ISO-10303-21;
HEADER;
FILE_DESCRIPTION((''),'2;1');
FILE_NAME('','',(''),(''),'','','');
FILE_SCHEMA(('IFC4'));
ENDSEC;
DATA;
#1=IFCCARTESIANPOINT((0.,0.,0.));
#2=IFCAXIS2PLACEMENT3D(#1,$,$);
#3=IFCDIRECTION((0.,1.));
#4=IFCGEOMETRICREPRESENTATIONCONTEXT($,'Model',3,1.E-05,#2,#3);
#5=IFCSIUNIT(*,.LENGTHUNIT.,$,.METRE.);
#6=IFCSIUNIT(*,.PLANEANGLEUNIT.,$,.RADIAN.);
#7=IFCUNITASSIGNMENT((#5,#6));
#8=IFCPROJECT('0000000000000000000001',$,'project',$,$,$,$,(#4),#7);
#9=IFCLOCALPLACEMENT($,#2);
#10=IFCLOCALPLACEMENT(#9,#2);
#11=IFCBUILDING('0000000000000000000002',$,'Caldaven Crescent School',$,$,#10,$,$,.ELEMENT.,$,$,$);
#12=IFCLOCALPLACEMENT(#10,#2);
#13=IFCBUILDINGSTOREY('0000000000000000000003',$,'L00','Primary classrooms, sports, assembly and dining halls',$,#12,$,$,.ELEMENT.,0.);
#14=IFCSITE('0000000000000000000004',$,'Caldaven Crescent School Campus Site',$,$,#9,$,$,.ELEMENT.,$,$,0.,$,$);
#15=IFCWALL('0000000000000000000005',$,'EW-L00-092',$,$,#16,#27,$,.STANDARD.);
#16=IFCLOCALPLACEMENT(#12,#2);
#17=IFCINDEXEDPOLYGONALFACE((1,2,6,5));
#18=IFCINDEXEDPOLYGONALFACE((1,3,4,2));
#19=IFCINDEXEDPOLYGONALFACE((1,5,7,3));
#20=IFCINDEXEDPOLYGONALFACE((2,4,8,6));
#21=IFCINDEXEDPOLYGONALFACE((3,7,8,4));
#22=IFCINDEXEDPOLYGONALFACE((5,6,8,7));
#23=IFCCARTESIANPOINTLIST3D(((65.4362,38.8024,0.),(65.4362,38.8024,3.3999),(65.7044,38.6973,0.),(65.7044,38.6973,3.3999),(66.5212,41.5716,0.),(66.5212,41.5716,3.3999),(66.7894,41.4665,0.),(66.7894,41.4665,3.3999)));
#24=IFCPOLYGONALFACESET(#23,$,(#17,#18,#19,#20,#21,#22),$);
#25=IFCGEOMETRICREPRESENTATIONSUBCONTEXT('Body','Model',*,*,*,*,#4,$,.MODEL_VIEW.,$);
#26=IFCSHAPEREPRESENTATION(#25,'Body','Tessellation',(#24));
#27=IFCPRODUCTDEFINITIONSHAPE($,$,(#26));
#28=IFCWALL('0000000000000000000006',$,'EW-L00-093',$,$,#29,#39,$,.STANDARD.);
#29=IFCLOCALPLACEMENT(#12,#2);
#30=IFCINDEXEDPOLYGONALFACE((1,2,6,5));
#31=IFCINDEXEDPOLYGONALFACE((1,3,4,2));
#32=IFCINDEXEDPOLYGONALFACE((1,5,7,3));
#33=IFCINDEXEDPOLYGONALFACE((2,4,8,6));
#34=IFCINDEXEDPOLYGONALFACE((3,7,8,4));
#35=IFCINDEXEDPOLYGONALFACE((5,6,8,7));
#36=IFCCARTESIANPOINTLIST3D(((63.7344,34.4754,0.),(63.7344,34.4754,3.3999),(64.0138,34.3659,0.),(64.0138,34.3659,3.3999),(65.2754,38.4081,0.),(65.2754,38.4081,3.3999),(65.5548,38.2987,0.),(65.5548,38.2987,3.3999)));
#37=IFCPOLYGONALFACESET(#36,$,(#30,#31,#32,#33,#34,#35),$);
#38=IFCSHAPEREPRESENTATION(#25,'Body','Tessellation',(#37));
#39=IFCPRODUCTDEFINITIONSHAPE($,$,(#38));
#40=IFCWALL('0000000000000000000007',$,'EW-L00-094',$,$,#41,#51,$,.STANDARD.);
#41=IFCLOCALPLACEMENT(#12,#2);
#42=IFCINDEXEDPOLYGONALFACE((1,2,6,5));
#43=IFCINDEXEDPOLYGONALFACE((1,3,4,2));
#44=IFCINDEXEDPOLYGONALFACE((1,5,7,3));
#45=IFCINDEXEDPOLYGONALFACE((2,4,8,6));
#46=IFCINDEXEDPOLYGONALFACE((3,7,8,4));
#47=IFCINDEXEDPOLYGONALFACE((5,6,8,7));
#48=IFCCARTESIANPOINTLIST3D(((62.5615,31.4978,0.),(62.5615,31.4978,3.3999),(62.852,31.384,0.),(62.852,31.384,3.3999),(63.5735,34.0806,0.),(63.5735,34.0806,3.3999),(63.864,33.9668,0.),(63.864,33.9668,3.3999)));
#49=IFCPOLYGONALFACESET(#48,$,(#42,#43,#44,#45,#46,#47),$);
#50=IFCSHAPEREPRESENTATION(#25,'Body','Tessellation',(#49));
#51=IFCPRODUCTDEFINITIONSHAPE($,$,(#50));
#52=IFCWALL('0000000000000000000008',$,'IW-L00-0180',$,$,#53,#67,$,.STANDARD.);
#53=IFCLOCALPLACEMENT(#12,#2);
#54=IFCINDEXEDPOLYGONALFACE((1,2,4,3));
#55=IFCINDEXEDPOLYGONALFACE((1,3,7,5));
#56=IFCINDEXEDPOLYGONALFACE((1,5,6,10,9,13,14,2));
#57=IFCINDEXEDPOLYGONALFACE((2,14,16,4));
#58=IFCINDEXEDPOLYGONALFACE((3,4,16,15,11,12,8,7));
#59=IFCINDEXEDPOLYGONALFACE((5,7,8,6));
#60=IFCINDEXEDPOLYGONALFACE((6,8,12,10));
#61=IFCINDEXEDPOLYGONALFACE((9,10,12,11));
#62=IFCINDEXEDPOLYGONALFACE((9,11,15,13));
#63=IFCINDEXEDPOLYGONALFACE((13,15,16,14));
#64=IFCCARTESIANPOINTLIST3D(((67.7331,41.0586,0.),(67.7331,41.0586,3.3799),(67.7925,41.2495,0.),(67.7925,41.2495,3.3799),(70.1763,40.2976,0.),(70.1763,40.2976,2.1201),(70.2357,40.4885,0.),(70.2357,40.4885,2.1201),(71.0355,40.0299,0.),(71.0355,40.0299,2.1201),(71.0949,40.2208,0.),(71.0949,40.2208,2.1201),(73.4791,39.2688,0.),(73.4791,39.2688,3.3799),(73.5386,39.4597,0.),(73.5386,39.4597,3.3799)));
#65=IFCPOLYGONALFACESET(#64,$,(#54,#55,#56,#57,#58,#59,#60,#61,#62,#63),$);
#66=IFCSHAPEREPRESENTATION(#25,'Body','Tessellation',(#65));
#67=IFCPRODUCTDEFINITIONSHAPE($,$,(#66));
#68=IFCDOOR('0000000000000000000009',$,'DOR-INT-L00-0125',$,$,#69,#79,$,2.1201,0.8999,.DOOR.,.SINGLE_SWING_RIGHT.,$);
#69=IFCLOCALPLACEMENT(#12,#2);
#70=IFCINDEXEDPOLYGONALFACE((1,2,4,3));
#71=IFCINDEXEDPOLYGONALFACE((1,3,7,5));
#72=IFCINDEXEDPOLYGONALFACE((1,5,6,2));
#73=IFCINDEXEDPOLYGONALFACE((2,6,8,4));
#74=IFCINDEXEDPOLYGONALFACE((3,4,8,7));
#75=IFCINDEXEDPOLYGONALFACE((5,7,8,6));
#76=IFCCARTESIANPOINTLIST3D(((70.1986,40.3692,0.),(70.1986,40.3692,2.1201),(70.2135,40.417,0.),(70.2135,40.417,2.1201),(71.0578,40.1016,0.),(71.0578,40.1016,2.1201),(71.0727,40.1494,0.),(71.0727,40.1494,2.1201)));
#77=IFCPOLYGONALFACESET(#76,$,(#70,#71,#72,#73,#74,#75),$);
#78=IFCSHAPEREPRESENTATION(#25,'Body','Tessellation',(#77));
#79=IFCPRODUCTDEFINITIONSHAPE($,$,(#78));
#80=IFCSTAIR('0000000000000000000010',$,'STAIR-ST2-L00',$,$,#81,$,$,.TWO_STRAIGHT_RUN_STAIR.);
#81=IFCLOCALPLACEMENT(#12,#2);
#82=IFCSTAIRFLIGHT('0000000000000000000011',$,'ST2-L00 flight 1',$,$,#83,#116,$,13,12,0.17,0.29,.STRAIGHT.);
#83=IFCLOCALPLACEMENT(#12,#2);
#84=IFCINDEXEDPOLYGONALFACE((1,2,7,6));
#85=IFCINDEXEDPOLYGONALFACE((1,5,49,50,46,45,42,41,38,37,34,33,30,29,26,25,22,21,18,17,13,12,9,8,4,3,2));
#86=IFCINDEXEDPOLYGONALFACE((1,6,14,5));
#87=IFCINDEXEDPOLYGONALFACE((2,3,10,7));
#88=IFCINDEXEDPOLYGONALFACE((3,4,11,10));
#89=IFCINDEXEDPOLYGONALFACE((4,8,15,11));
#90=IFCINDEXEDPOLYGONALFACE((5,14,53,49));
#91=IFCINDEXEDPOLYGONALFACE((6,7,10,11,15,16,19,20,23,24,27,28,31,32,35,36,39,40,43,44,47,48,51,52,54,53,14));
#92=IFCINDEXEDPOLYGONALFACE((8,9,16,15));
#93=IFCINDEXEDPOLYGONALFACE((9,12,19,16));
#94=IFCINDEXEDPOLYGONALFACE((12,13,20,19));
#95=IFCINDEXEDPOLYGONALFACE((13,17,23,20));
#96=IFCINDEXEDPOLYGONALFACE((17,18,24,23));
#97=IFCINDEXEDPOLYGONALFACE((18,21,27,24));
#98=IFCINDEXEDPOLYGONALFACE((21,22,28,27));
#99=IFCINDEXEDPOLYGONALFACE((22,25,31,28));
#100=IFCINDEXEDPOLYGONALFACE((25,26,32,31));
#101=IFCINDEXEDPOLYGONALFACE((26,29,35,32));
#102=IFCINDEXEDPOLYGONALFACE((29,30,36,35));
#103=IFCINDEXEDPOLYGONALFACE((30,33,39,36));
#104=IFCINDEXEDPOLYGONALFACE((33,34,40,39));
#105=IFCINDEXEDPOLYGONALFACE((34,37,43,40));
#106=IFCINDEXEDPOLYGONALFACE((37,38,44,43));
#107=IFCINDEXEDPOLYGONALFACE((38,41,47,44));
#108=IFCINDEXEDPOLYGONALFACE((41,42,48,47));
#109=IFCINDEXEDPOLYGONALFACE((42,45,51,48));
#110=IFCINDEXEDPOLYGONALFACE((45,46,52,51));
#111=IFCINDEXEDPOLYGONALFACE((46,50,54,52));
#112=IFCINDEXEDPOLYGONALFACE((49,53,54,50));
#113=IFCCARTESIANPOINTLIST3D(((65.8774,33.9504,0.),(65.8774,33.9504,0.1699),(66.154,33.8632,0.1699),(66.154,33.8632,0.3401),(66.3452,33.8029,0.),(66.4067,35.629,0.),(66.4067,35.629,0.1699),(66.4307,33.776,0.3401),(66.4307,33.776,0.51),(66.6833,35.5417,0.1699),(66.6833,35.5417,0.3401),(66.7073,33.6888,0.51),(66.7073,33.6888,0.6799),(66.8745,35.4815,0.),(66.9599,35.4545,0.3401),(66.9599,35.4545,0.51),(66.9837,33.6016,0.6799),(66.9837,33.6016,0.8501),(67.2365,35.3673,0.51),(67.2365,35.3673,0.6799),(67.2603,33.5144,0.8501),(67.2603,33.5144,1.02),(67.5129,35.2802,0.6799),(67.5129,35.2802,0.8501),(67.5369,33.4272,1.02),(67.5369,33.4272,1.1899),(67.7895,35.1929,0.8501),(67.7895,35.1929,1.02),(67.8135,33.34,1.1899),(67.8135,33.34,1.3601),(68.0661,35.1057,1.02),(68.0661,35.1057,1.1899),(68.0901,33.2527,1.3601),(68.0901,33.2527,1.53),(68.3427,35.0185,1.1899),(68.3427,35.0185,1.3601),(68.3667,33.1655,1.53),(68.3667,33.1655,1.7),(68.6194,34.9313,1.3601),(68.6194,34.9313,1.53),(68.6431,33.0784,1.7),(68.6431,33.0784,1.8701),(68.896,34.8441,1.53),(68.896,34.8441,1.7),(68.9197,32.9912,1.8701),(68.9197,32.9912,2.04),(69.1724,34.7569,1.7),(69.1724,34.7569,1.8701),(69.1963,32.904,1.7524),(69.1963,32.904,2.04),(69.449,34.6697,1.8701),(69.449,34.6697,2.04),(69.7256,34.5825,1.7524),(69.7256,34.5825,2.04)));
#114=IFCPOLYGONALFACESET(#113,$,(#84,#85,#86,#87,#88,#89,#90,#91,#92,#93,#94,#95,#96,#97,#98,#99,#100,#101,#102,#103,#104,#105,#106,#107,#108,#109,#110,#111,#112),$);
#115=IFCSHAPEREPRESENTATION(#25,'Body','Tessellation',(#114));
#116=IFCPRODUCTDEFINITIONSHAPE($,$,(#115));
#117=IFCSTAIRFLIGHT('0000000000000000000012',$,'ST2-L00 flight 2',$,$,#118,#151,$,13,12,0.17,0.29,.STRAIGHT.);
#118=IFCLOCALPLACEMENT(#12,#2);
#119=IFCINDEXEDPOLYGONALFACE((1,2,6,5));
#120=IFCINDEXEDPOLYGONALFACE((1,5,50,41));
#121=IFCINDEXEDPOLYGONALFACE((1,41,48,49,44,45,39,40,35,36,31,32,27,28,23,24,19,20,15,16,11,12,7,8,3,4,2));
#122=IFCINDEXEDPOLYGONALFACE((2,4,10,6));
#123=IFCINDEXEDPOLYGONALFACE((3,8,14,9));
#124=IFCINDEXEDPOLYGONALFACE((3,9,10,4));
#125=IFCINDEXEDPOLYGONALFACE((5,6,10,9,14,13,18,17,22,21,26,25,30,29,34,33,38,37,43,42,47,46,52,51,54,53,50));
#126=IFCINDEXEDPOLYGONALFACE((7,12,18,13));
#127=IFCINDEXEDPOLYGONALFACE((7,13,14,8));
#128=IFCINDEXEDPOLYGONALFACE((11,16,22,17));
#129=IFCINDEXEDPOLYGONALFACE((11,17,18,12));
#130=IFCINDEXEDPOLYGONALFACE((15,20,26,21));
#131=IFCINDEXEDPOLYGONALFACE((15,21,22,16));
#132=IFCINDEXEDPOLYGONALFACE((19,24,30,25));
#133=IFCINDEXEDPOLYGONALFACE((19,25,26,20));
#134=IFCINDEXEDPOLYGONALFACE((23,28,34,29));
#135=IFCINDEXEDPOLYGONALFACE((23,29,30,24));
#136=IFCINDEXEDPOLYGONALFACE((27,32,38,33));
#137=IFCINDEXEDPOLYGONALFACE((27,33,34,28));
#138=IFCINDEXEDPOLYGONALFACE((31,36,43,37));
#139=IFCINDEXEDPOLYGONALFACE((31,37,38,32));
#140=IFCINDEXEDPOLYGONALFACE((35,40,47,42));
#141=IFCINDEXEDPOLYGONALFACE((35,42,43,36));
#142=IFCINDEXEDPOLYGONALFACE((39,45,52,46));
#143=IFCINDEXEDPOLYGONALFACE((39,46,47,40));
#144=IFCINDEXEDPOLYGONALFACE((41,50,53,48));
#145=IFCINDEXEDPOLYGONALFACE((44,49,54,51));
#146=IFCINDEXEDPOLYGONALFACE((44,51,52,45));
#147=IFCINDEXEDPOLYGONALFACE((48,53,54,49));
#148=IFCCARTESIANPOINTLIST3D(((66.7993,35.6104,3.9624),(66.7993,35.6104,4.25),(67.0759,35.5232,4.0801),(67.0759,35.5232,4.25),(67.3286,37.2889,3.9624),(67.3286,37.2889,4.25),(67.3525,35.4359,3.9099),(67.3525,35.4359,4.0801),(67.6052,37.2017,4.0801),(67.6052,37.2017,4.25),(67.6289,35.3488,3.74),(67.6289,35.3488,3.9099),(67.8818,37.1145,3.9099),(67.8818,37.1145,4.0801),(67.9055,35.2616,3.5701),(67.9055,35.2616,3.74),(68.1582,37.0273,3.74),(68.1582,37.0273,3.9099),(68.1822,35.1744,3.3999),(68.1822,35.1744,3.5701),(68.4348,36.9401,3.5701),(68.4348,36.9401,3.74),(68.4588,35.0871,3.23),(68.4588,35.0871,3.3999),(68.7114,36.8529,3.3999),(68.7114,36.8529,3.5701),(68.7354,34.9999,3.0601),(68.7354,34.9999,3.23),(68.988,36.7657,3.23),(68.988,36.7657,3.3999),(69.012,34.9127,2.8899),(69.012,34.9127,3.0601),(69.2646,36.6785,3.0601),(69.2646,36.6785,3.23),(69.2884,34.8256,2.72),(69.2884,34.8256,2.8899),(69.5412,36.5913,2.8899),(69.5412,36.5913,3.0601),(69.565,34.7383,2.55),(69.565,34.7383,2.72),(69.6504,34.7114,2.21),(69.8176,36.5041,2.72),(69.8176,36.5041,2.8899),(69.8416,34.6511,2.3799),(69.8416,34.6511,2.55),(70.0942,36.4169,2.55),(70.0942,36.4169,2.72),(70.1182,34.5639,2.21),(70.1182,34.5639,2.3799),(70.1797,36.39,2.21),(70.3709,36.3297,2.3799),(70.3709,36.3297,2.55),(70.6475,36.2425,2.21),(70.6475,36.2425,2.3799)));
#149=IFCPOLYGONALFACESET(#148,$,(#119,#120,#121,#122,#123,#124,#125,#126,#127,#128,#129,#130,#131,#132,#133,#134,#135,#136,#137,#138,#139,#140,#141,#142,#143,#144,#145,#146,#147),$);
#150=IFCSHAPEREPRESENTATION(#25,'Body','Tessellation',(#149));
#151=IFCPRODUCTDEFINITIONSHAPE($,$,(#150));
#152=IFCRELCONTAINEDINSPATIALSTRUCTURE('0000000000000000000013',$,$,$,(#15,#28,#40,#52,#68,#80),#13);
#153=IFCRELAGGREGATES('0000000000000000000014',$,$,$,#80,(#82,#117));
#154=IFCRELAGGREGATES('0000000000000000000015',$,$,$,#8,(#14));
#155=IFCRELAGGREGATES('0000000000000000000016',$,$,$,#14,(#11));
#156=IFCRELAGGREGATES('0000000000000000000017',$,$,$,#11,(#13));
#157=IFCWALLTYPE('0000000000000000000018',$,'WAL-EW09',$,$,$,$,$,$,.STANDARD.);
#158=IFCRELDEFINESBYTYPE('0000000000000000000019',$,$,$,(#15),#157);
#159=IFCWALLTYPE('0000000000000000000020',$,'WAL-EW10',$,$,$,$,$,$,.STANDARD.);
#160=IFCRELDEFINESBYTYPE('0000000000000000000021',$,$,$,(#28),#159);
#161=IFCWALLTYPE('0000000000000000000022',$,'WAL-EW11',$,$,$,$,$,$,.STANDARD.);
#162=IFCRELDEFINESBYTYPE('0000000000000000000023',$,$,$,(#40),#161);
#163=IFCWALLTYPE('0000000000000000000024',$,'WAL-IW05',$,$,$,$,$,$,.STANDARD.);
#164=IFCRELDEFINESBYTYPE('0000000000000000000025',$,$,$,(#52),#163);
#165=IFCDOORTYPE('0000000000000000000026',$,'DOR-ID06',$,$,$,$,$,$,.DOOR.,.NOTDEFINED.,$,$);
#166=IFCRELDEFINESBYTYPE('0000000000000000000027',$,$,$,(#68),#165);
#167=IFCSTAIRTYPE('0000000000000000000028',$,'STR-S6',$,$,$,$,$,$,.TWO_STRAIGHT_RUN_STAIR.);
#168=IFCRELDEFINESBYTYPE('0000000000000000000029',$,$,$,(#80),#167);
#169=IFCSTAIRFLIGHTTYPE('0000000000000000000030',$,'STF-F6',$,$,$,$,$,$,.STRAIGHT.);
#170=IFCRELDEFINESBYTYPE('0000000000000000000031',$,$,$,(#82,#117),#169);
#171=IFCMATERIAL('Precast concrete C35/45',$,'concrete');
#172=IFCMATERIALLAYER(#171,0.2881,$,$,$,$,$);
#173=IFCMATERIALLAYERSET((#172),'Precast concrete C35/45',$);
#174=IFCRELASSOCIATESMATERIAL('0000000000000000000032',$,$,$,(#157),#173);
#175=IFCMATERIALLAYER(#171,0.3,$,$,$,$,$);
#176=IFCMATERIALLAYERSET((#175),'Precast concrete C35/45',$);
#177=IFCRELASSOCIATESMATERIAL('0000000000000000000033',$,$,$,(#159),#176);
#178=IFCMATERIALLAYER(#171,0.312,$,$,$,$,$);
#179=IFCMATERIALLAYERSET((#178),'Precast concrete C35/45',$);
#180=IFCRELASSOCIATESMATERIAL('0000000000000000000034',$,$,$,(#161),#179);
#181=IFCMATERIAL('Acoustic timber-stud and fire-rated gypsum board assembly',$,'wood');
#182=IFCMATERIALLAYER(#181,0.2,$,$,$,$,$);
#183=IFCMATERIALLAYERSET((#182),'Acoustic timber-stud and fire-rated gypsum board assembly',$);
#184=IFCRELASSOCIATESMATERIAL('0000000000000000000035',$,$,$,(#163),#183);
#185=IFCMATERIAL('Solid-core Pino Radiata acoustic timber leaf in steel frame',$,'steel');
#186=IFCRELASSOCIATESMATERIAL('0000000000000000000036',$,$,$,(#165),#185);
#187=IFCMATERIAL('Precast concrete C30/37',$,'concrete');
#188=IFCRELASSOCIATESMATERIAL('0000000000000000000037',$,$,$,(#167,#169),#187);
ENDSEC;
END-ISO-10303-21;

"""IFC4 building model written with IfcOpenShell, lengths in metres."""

from ifc_helpers import new_model, si_unit, direction, frame, frame_2d, origin, place, context, subcontext, project, spatial, polyline, rectangle, outline, extrude, material, layer, layer_set, type_object, element, fill, aggregate, save


model = new_model("IFC4")

# Units and contexts
model_context = context("Model", 3, precision=1e-05, world=origin(), true_north=direction((0.0, 1.0)))
body_context = subcontext(model_context, "Body", "Model", "MODEL_VIEW")
ifc_project = project(units=[si_unit("LENGTHUNIT", "METRE"), si_unit("PLANEANGLEUNIT", "RADIAN")], contexts=[model_context])

# Site, building, storey
site_placement = place(None, origin())
site = spatial("IfcSite", under=ifc_project, at=site_placement, Name="Caldaven Crescent School Campus Site", CompositionType="ELEMENT", RefElevation=0.0)
building_placement = place(site_placement, origin())
building = spatial("IfcBuilding", under=site, at=building_placement, Name="Caldaven Crescent School", CompositionType="ELEMENT")
storey_placement = place(building_placement, origin())
storey = spatial("IfcBuildingStorey", under=building, at=storey_placement, Name="L00", Description="Primary classrooms, sports, assembly and dining halls", CompositionType="ELEMENT", Elevation=0.0)

# Walls
ifc_material_1 = material(Name="Precast concrete C35/45", Category="concrete")
ifc_layer_1 = layer(ifc_material_1, 0.2881)
ifc_layer_set_1 = layer_set([ifc_layer_1], Name="Precast concrete C35/45")
wall_type_1 = type_object("IfcWallType", Name="WAL-EW09", PredefinedType="STANDARD", material=ifc_layer_set_1)
wall_1_placement = place(storey_placement, frame((66.6553, 41.519, 0.0), z_axis=(0.0, 0.0, 1.0), x_axis=(-0.364814, -0.93108, 0.0)))
element("IfcWall", 1, at=wall_1_placement, inside=storey, type_object=wall_type_1, Name="EW-L00-092", PredefinedType="STANDARD", context=body_context, shape_type="SweptSolid", body=[
    extrude(rectangle(XDim=2.9741, YDim=0.2881, at=frame_2d((1.4871, 0.0))), origin(), (0.0, 0.0, 1.0), 3.3999),
])
ifc_layer_2 = layer(ifc_material_1, 0.3)
ifc_layer_set_2 = layer_set([ifc_layer_2], Name="Precast concrete C35/45")
wall_type_2 = type_object("IfcWallType", Name="WAL-EW10", PredefinedType="STANDARD", material=ifc_layer_set_2)
wall_2_placement = place(storey_placement, frame((65.415, 38.3533, 0.0), z_axis=(0.0, 0.0, 1.0), x_axis=(-0.364824, -0.931076, 0.0)))
element("IfcWall", 2, at=wall_2_placement, inside=storey, type_object=wall_type_2, Name="EW-L00-093", PredefinedType="STANDARD", context=body_context, shape_type="SweptSolid", body=[
    extrude(rectangle(XDim=4.2239, YDim=0.3, at=frame_2d((2.1118, 0.0))), origin(), (0.0, 0.0, 1.0), 3.3999),
])
ifc_layer_3 = layer(ifc_material_1, 0.312)
ifc_layer_set_3 = layer_set([ifc_layer_3], Name="Precast concrete C35/45")
wall_type_3 = type_object("IfcWallType", Name="WAL-EW11", PredefinedType="STANDARD", material=ifc_layer_set_3)
wall_3_placement = place(storey_placement, frame((63.7188, 34.0237, 0.0), z_axis=(0.0, 0.0, 1.0), x_axis=(-0.364811, -0.931082, 0.0)))
element("IfcWall", 3, at=wall_3_placement, inside=storey, type_object=wall_type_3, Name="EW-L00-094", PredefinedType="STANDARD", context=body_context, shape_type="SweptSolid", body=[
    extrude(rectangle(XDim=2.7739, YDim=0.312, at=frame_2d((1.387, 0.0))), origin(), (0.0, 0.0, 1.0), 3.3999),
])

# Wall, opening, door
ifc_material_2 = material(Name="Acoustic timber-stud and fire-rated gypsum board assembly", Category="wood")
ifc_layer_4 = layer(ifc_material_2, 0.2)
ifc_layer_set_4 = layer_set([ifc_layer_4], Name="Acoustic timber-stud and fire-rated gypsum board assembly")
wall_type_4 = type_object("IfcWallType", Name="WAL-IW05", PredefinedType="STANDARD", material=ifc_layer_set_4)
wall_4_placement = place(storey_placement, frame((67.7627, 41.1541, 0.0), z_axis=(0.0, 0.0, 1.0), x_axis=(0.954757, -0.297388, 0.0)))
wall_4 = element("IfcWall", 4, at=wall_4_placement, inside=storey, type_object=wall_type_4, Name="IW-L00-0180", PredefinedType="STANDARD", context=body_context, shape_type="SweptSolid", body=[
    extrude(rectangle(XDim=6.0183, YDim=0.2, at=frame_2d((3.0093, 0.0))), origin(), (0.0, 0.0, 1.0), 3.3799),
])
opening_1_placement = place(wall_4_placement, frame((2.5591, 0.0, 0.0)))
opening_1 = element("IfcOpeningElement", 5, at=opening_1_placement, cuts=wall_4, PredefinedType="OPENING", context=body_context, shape_type="SweptSolid", body=[
    extrude(rectangle(XDim=0.8999, YDim=2.1201, at=frame_2d((0.45, 1.0601))), frame((0.0, 0.1099, 0.0), z_axis=(0.0, -1.0, 0.0), x_axis=(1.0, 0.0, 0.0)), (0.0, 0.0, 1.0), 0.22),
])
ifc_material_3 = material(Name="Solid-core Pino Radiata acoustic timber leaf in steel frame", Category="steel")
door_type_1 = type_object("IfcDoorType", Name="DOR-ID06", OperationType="NOTDEFINED", PredefinedType="DOOR", material=ifc_material_3)
door_1_placement = place(opening_1_placement, frame((0.8999, 0.0, 0.0), z_axis=(0.0, 0.0, 1.0), x_axis=(-1.0, 0.0, 0.0)))
door_1 = element("IfcDoor", 6, at=door_1_placement, inside=storey, type_object=door_type_1, Name="DOR-INT-L00-0125", OperationType="SINGLE_SWING_RIGHT", OverallHeight=2.1201, OverallWidth=0.8999, PredefinedType="DOOR", context=body_context, shape_type="SweptSolid", body=[
    extrude(rectangle(XDim=0.8999, YDim=2.1201, at=frame_2d((0.45, 1.0601))), frame((0.0, 0.0249, 0.0), z_axis=(0.0, -1.0, 0.0), x_axis=(1.0, 0.0, 0.0)), (0.0, 0.0, 1.0), 0.05),
])
fill(opening_1, door_1)

# Stair, stair flights
ifc_material_4 = material(Name="Precast concrete C30/37", Category="concrete")
stair_type = type_object("IfcStairType", Name="STR-S6", PredefinedType="TWO_STRAIGHT_RUN_STAIR", material=ifc_material_4)
stair_placement = place(storey_placement, origin())
stair = element("IfcStair", 7, at=stair_placement, inside=storey, type_object=stair_type, Name="STAIR-ST2-L00", PredefinedType="TWO_STRAIGHT_RUN_STAIR")
stair_flight_type = type_object("IfcStairFlightType", Name="STF-F6", PredefinedType="STRAIGHT", material=ifc_material_4)
stair_flight_1_placement = place(storey_placement, frame((66.1421, 34.7898, 0.0), z_axis=(0.0, 0.0, 1.0), x_axis=(0.953717, -0.300706, 0.0)))
stair_flight_1 = element("IfcStairFlight", 8, at=stair_flight_1_placement, type_object=stair_flight_type, Name="ST2-L00 flight 1", NumberOfRisers=13, NumberOfTreads=12, PredefinedType="STRAIGHT", RiserHeight=0.17, TreadLength=0.29, context=body_context, shape_type="SweptSolid", body=[
    extrude(outline(polyline([(0.0, 0.0), (0.0, 0.1699), (0.29, 0.1699), (0.29, 0.3401), (0.5801, 0.3401), (0.5801, 0.51), (0.8701, 0.51), (0.8701, 0.6799), (1.1599, 0.6799), (1.1599, 0.8501), (1.45, 0.8501), (1.45, 1.02), (1.74, 1.02), (1.74, 1.1899), (2.03, 1.1899), (2.03, 1.3601), (2.3201, 1.3601), (2.3201, 1.53), (2.6101, 1.53), (2.6101, 1.7), (2.8999, 1.7), (2.8999, 1.8701), (3.1899, 1.8701), (3.1899, 2.04), (3.48, 2.04), (3.48, 2.21), (3.48, 1.7524), (0.4905, 0.0), (0.0, 0.0)])), frame((0.0, 0.8799, 0.0), z_axis=(0.0, -1.0, 0.0), x_axis=(1.0, 0.0, 0.0)), (0.0, 0.0, 1.0), 1.76),
])
stair_flight_2_placement = place(storey_placement, frame((70.3828, 35.4031, 2.21), z_axis=(0.0, 0.0, 1.0), x_axis=(-0.953717, 0.300706, 0.0)))
stair_flight_2 = element("IfcStairFlight", 9, at=stair_flight_2_placement, type_object=stair_flight_type, Name="ST2-L00 flight 2", NumberOfRisers=13, NumberOfTreads=12, PredefinedType="STRAIGHT", RiserHeight=0.17, TreadLength=0.29, context=body_context, shape_type="SweptSolid", body=[
    extrude(outline(polyline([(0.0, 0.0), (0.0, 0.1699), (0.29, 0.1699), (0.29, 0.3401), (0.5801, 0.3401), (0.5801, 0.51), (0.8701, 0.51), (0.8701, 0.6799), (1.1599, 0.6799), (1.1599, 0.8501), (1.45, 0.8501), (1.45, 1.02), (1.74, 1.02), (1.74, 1.1899), (2.03, 1.1899), (2.03, 1.3601), (2.3201, 1.3601), (2.3201, 1.53), (2.6101, 1.53), (2.6101, 1.7), (2.8999, 1.7), (2.8999, 1.8701), (3.1899, 1.8701), (3.1899, 2.04), (3.48, 2.04), (3.48, 2.21), (3.48, 1.7524), (0.4905, 0.0), (0.0, 0.0)])), frame((0.0, 0.8799, 0.0), z_axis=(0.0, -1.0, 0.0), x_axis=(1.0, 0.0, 0.0)), (0.0, 0.0, 1.0), 1.76),
])
aggregate(stair, [stair_flight_1, stair_flight_2])

save(model, "model.ifc")
